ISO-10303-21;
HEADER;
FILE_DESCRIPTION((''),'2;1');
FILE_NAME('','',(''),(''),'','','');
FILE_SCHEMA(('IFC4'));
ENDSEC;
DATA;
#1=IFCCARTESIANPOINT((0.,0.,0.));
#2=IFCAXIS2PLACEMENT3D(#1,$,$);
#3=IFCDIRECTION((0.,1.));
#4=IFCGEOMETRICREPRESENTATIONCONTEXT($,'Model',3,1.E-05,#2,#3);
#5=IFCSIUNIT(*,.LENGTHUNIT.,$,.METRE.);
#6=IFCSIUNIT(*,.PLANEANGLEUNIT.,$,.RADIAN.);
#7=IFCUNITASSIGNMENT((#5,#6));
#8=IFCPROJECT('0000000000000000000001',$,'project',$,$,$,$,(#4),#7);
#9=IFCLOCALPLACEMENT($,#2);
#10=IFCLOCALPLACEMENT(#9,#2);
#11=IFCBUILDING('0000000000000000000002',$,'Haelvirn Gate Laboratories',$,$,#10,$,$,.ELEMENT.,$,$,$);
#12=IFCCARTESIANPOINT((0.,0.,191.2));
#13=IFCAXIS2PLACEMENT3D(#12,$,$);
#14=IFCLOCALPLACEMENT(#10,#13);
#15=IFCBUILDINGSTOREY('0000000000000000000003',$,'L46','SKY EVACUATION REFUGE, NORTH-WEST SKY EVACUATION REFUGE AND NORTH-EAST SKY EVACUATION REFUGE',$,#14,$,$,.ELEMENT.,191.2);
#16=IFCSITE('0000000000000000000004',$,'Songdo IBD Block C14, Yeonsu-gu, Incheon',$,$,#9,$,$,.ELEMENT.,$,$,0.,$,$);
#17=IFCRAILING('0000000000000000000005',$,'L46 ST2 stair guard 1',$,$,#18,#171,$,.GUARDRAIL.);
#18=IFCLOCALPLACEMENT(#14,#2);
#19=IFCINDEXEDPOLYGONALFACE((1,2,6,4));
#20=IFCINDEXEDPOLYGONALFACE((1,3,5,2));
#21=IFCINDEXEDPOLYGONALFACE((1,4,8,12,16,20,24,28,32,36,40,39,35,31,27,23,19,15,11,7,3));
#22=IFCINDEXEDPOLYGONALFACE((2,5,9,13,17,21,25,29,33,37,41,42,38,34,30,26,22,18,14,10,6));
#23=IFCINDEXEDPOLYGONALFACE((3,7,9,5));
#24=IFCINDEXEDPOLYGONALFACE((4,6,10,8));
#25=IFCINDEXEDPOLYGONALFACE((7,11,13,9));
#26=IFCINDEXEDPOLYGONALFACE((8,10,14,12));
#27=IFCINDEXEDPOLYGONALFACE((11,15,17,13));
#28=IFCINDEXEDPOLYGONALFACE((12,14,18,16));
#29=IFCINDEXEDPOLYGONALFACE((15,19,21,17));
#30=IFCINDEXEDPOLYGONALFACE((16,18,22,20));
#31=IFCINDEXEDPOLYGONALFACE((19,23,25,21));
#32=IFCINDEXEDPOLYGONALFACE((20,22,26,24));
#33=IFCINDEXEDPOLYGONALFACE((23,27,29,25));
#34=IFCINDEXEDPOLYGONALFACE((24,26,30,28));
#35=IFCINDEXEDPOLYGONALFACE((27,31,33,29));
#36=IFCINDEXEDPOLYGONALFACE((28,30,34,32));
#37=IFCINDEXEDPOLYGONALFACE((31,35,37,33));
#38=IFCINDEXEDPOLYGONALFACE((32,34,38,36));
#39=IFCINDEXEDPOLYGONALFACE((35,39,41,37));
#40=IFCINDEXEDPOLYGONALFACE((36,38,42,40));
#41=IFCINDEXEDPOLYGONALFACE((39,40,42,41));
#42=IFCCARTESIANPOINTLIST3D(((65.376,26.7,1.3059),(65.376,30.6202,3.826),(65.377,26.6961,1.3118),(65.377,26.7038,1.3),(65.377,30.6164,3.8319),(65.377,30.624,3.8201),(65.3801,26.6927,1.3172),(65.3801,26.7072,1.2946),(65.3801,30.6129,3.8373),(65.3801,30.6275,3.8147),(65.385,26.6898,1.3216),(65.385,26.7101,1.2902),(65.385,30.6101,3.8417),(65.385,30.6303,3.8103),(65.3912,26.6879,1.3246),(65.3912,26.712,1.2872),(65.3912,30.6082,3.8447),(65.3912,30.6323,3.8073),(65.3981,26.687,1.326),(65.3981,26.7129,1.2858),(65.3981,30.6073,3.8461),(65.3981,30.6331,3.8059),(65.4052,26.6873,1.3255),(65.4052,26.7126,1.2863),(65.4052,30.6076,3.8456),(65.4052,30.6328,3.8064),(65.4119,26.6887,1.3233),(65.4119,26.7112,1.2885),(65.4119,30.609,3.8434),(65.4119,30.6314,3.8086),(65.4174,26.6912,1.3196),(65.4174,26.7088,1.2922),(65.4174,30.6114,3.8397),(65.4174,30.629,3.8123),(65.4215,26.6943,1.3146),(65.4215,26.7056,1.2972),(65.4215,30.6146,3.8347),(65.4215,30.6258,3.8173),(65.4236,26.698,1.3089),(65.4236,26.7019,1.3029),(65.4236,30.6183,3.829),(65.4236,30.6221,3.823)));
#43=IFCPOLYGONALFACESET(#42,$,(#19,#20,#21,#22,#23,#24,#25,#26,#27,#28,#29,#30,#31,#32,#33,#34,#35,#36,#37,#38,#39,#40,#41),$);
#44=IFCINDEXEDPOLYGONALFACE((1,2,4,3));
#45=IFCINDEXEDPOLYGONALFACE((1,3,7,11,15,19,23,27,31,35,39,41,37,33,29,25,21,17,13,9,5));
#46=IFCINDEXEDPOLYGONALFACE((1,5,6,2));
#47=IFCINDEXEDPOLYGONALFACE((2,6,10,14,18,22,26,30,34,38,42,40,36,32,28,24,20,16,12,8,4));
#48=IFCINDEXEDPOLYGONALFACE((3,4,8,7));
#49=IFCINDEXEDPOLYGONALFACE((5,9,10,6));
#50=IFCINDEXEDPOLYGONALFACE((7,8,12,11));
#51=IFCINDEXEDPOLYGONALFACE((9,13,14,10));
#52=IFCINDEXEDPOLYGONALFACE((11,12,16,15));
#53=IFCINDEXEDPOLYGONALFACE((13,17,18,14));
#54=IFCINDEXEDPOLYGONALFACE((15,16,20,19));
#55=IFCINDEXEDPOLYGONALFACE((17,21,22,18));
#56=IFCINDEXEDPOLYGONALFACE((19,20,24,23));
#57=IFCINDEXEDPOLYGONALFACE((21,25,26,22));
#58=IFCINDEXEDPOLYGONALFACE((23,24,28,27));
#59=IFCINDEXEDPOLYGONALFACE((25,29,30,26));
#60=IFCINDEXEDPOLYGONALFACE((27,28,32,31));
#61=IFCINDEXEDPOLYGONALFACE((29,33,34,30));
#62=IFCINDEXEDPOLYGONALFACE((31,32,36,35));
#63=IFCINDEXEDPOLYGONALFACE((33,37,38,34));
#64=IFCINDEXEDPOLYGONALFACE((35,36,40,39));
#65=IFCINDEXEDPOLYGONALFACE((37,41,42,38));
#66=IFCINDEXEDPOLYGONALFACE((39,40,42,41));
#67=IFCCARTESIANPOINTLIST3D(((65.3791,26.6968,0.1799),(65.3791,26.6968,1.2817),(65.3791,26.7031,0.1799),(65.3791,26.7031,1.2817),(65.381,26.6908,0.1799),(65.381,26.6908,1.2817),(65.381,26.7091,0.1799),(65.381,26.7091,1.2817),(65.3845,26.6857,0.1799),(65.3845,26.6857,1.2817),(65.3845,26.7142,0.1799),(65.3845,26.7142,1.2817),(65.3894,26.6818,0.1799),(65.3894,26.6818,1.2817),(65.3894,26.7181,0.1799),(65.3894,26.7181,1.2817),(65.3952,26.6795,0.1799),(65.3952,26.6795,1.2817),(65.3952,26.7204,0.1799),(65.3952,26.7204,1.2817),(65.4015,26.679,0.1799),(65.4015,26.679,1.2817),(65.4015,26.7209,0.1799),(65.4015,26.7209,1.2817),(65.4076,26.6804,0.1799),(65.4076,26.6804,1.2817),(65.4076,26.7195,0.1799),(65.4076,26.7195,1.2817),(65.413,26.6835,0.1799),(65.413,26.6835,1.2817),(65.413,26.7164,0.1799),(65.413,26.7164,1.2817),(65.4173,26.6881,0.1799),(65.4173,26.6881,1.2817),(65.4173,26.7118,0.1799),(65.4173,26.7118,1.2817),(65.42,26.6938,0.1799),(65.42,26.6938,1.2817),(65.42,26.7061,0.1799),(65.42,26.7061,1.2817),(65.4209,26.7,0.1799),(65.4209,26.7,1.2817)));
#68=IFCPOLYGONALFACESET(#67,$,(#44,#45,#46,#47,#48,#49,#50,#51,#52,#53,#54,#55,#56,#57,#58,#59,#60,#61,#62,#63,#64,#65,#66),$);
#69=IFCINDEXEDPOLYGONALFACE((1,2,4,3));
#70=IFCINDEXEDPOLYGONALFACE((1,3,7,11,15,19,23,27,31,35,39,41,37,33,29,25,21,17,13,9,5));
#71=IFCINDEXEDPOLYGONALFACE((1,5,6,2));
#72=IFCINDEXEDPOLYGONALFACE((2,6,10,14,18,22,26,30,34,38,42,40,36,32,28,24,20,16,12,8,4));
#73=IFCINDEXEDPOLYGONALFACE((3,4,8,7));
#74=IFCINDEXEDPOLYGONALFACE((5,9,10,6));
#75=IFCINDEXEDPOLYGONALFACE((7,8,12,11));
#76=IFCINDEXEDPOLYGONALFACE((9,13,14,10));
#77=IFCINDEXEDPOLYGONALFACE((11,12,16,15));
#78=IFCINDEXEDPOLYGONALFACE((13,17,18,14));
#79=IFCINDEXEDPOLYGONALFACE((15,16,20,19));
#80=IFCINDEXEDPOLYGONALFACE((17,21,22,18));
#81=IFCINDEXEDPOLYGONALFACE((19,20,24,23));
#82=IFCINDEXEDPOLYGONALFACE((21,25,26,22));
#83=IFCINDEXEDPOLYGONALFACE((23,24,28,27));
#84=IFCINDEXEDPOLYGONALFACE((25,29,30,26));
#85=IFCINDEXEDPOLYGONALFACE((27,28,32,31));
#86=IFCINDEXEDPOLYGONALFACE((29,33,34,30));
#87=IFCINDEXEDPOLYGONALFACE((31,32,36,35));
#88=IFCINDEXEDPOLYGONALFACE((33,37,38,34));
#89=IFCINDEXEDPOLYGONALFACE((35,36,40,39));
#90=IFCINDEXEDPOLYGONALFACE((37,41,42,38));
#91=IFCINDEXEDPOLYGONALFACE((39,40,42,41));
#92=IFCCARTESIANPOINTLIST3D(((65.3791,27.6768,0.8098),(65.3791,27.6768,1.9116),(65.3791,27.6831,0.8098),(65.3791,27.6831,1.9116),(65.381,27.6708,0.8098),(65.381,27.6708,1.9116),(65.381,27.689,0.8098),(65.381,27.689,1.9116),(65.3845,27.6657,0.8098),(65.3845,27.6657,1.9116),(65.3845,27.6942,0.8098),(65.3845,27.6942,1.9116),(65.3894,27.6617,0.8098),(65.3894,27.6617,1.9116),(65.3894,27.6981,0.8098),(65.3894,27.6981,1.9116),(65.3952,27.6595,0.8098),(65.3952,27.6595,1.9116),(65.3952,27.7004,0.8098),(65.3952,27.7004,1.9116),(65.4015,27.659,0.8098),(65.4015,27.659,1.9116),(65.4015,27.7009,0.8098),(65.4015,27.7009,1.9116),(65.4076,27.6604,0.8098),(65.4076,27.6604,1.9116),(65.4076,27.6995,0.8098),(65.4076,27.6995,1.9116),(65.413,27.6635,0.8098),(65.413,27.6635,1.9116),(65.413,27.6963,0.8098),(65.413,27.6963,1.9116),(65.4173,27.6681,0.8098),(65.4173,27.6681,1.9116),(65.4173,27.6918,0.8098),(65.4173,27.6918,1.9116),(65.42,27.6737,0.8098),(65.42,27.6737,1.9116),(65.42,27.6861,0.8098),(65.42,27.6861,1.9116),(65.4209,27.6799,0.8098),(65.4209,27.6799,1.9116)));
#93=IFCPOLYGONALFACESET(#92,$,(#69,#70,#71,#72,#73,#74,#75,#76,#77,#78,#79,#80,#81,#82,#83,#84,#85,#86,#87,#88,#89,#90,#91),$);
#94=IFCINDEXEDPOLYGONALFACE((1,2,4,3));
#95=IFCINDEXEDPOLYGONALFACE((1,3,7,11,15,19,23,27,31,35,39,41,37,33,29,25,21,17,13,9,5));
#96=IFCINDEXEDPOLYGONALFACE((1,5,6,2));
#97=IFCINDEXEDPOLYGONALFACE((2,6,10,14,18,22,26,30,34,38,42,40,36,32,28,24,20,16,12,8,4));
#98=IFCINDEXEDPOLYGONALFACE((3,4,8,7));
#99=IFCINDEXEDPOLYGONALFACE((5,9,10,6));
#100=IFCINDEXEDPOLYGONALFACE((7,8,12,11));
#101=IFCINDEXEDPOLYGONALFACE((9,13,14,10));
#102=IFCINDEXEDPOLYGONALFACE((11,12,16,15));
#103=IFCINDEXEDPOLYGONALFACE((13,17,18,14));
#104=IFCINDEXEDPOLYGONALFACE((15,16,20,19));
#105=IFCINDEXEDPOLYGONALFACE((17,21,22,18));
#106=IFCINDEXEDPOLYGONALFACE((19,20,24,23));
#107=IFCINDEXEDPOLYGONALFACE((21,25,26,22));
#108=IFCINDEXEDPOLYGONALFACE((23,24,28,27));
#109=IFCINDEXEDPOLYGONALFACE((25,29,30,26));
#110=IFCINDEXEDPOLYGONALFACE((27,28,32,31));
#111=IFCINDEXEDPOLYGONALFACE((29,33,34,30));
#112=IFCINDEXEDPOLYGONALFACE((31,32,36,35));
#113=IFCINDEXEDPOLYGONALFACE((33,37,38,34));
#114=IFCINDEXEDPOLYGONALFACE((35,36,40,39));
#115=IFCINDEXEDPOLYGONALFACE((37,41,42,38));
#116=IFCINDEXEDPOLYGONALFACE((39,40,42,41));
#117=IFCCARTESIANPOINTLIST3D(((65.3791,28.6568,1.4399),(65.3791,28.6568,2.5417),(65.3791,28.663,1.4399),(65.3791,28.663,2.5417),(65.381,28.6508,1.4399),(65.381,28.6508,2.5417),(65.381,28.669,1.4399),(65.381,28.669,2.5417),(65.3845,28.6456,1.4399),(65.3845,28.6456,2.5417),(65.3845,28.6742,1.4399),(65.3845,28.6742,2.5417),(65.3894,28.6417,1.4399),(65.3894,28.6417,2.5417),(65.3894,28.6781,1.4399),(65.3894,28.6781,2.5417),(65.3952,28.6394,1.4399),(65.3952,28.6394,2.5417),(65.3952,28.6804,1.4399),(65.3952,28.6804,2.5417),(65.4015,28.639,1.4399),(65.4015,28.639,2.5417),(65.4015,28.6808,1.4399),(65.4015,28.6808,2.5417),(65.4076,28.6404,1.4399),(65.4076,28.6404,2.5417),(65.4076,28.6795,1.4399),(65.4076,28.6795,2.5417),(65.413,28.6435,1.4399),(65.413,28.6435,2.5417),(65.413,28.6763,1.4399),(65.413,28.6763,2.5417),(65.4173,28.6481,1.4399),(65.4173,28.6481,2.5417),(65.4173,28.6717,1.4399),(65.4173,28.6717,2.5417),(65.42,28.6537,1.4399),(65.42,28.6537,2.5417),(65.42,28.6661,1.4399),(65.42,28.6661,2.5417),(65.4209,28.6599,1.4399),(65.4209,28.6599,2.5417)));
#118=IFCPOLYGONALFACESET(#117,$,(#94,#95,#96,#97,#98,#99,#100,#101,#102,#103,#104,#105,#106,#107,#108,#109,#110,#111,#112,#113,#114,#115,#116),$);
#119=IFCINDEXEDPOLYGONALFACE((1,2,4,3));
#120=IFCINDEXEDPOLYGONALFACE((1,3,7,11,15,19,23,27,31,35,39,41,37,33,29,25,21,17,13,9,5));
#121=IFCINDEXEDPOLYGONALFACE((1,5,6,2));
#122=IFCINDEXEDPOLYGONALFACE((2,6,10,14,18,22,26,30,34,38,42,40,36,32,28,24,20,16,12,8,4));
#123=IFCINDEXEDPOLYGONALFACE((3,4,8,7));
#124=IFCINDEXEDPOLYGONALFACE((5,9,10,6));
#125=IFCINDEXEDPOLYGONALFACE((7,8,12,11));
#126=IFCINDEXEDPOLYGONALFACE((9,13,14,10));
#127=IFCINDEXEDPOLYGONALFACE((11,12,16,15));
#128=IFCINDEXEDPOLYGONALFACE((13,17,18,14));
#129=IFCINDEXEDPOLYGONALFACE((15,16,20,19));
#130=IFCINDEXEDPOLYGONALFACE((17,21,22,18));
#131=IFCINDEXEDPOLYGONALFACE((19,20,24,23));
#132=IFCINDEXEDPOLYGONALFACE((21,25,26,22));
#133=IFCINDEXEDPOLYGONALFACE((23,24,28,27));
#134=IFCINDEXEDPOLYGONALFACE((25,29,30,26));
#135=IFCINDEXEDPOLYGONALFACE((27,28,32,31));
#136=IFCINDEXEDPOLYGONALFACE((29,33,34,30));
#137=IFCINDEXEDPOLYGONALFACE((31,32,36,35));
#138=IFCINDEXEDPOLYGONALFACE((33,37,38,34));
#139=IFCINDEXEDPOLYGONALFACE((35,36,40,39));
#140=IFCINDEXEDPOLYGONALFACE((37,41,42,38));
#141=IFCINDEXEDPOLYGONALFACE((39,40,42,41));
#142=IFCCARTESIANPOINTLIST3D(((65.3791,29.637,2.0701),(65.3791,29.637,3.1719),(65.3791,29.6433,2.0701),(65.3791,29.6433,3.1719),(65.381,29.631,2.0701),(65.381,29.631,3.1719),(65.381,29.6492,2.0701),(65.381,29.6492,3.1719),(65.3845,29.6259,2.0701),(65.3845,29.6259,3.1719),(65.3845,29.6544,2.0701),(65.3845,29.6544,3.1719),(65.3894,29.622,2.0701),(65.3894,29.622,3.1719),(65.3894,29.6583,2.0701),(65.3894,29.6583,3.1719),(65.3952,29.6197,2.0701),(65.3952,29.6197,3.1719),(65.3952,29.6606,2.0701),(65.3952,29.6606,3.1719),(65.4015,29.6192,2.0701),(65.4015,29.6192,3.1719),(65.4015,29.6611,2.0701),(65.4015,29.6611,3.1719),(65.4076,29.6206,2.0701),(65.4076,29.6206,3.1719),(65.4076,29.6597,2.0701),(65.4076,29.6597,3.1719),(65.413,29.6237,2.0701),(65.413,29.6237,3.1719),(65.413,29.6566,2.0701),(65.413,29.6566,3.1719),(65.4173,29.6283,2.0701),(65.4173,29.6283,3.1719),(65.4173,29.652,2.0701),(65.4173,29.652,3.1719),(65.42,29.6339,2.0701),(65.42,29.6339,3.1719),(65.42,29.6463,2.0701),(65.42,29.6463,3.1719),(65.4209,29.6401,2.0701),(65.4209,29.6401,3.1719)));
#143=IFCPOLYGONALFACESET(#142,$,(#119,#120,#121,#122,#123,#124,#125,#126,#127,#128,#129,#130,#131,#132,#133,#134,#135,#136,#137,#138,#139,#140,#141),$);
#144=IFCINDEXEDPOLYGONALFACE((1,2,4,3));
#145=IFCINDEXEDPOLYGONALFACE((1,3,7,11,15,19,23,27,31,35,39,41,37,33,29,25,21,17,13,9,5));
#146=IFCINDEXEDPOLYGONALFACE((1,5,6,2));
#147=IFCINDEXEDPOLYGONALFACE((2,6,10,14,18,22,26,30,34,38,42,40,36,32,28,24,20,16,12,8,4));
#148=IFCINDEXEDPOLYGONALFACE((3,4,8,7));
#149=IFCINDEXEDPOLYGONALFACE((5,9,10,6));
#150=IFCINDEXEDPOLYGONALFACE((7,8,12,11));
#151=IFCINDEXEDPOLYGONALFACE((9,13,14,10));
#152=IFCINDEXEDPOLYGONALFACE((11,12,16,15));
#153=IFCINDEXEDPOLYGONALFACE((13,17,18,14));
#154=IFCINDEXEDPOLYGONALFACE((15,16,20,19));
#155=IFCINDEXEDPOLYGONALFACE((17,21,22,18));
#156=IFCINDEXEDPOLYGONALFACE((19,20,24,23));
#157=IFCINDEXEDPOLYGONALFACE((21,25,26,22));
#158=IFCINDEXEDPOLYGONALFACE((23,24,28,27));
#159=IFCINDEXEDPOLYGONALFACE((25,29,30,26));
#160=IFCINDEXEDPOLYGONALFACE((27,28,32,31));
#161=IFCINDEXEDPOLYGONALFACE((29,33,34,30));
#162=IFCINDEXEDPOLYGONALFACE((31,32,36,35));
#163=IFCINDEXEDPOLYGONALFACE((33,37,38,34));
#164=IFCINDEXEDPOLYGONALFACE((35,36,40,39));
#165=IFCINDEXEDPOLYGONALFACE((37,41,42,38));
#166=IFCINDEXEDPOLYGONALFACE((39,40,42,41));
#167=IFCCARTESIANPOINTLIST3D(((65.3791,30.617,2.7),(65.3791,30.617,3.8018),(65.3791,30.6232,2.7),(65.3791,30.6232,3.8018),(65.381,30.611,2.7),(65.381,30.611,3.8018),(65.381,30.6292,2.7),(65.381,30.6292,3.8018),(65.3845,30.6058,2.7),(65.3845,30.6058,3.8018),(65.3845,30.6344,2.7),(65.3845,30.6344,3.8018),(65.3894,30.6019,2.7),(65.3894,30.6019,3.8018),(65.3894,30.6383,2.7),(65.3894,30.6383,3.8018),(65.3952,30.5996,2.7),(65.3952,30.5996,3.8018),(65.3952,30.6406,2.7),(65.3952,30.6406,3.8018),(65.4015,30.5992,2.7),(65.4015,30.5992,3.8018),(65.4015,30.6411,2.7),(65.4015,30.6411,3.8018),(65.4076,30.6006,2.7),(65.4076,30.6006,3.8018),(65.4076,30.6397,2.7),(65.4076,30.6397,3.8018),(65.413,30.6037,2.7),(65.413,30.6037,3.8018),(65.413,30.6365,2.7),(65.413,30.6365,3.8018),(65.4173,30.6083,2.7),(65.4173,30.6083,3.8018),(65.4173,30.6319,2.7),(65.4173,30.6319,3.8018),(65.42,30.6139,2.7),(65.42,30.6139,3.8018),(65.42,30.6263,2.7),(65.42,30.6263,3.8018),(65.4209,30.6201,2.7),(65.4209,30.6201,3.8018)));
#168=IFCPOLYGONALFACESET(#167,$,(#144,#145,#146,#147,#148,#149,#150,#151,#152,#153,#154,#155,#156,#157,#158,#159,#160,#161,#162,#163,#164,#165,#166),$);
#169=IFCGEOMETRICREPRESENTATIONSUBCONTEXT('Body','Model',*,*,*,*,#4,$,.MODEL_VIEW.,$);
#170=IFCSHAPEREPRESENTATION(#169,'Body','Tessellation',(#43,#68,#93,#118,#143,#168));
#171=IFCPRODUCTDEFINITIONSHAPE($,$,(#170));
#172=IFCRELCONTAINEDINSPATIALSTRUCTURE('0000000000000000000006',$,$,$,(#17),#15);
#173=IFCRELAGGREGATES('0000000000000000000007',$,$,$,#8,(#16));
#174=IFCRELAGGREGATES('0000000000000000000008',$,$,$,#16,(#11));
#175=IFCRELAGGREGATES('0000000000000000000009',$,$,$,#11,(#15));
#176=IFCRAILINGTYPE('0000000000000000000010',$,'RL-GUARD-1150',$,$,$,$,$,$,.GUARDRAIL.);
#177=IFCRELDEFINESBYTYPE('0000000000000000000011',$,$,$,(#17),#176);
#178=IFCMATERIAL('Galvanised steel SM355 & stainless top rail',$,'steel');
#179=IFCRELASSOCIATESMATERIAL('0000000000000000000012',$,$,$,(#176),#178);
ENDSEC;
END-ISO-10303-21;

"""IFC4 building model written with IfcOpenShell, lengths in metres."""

from ifc_helpers import new_model, si_unit, direction, frame, origin, origin_2d, place, context, subcontext, project, spatial, circle, extrude, source, transform, mapped, material, type_object, element, save


model = new_model("IFC4")

# Units and contexts
model_context = context("Model", 3, precision=1e-05, world=origin(), true_north=direction((0.0, 1.0)))
body_context = subcontext(model_context, "Body", "Model", "MODEL_VIEW")
ifc_project = project(units=[si_unit("LENGTHUNIT", "METRE"), si_unit("PLANEANGLEUNIT", "RADIAN")], contexts=[model_context])

# Site, building, storey
site_placement = place(None, origin())
site = spatial("IfcSite", under=ifc_project, at=site_placement, Name="Songdo IBD Block C14, Yeonsu-gu, Incheon", CompositionType="ELEMENT", RefElevation=0.0)
building_placement = place(site_placement, origin())
building = spatial("IfcBuilding", under=site, at=building_placement, Name="Haelvirn Gate Laboratories", CompositionType="ELEMENT")
storey_placement = place(building_placement, frame((0.0, 0.0, 191.2)))
storey = spatial("IfcBuildingStorey", under=building, at=storey_placement, Name="L46", Description="SKY EVACUATION REFUGE, NORTH-WEST SKY EVACUATION REFUGE AND NORTH-EAST SKY EVACUATION REFUGE", CompositionType="ELEMENT", Elevation=191.2)

# Railing
ifc_material_1 = material(Name="Galvanised steel SM355 & stainless top rail", Category="steel")
railing_type_1 = type_object("IfcRailingType", Name="RL-GUARD-1150", PredefinedType="GUARDRAIL", material=ifc_material_1)
shared_shape_1 = source(origin(), body_context, "Body", "SweptSolid", [
    extrude(circle(Radius=0.0239, at=origin_2d()), frame((0.0, 0.0, 1.126), z_axis=(0.0, 0.841187, 0.540744), x_axis=(-1.0, 0.0, 0.0)), (0.0, 0.0, 1.0), 4.6604),
    extrude(circle(Radius=0.021, at=origin_2d()), origin(), (0.0, 0.0, 1.0), 1.1018),
    extrude(circle(Radius=0.021, at=origin_2d()), frame((0.0, 0.98, 0.6299)), (0.0, 0.0, 1.0), 1.1018),
    extrude(circle(Radius=0.021, at=origin_2d()), frame((0.0, 1.96, 1.26)), (0.0, 0.0, 1.0), 1.1018),
    extrude(circle(Radius=0.021, at=origin_2d()), frame((0.0, 2.9402, 1.8901)), (0.0, 0.0, 1.0), 1.1018),
    extrude(circle(Radius=0.021, at=origin_2d()), frame((0.0, 3.9202, 2.52)), (0.0, 0.0, 1.0), 1.1018),
])
railing_1_placement = place(storey_placement, frame((65.3999, 26.7, 0.1799)))
element("IfcRailing", 1, at=railing_1_placement, inside=storey, type_object=railing_type_1, Name="L46 ST2 stair guard 1", PredefinedType="GUARDRAIL", context=body_context, shape_type="MappedRepresentation", body=[
    mapped(shared_shape_1, transform((0.0, 0.0, 0.0), scale=1.0)),
])

save(model, "model.ifc")
